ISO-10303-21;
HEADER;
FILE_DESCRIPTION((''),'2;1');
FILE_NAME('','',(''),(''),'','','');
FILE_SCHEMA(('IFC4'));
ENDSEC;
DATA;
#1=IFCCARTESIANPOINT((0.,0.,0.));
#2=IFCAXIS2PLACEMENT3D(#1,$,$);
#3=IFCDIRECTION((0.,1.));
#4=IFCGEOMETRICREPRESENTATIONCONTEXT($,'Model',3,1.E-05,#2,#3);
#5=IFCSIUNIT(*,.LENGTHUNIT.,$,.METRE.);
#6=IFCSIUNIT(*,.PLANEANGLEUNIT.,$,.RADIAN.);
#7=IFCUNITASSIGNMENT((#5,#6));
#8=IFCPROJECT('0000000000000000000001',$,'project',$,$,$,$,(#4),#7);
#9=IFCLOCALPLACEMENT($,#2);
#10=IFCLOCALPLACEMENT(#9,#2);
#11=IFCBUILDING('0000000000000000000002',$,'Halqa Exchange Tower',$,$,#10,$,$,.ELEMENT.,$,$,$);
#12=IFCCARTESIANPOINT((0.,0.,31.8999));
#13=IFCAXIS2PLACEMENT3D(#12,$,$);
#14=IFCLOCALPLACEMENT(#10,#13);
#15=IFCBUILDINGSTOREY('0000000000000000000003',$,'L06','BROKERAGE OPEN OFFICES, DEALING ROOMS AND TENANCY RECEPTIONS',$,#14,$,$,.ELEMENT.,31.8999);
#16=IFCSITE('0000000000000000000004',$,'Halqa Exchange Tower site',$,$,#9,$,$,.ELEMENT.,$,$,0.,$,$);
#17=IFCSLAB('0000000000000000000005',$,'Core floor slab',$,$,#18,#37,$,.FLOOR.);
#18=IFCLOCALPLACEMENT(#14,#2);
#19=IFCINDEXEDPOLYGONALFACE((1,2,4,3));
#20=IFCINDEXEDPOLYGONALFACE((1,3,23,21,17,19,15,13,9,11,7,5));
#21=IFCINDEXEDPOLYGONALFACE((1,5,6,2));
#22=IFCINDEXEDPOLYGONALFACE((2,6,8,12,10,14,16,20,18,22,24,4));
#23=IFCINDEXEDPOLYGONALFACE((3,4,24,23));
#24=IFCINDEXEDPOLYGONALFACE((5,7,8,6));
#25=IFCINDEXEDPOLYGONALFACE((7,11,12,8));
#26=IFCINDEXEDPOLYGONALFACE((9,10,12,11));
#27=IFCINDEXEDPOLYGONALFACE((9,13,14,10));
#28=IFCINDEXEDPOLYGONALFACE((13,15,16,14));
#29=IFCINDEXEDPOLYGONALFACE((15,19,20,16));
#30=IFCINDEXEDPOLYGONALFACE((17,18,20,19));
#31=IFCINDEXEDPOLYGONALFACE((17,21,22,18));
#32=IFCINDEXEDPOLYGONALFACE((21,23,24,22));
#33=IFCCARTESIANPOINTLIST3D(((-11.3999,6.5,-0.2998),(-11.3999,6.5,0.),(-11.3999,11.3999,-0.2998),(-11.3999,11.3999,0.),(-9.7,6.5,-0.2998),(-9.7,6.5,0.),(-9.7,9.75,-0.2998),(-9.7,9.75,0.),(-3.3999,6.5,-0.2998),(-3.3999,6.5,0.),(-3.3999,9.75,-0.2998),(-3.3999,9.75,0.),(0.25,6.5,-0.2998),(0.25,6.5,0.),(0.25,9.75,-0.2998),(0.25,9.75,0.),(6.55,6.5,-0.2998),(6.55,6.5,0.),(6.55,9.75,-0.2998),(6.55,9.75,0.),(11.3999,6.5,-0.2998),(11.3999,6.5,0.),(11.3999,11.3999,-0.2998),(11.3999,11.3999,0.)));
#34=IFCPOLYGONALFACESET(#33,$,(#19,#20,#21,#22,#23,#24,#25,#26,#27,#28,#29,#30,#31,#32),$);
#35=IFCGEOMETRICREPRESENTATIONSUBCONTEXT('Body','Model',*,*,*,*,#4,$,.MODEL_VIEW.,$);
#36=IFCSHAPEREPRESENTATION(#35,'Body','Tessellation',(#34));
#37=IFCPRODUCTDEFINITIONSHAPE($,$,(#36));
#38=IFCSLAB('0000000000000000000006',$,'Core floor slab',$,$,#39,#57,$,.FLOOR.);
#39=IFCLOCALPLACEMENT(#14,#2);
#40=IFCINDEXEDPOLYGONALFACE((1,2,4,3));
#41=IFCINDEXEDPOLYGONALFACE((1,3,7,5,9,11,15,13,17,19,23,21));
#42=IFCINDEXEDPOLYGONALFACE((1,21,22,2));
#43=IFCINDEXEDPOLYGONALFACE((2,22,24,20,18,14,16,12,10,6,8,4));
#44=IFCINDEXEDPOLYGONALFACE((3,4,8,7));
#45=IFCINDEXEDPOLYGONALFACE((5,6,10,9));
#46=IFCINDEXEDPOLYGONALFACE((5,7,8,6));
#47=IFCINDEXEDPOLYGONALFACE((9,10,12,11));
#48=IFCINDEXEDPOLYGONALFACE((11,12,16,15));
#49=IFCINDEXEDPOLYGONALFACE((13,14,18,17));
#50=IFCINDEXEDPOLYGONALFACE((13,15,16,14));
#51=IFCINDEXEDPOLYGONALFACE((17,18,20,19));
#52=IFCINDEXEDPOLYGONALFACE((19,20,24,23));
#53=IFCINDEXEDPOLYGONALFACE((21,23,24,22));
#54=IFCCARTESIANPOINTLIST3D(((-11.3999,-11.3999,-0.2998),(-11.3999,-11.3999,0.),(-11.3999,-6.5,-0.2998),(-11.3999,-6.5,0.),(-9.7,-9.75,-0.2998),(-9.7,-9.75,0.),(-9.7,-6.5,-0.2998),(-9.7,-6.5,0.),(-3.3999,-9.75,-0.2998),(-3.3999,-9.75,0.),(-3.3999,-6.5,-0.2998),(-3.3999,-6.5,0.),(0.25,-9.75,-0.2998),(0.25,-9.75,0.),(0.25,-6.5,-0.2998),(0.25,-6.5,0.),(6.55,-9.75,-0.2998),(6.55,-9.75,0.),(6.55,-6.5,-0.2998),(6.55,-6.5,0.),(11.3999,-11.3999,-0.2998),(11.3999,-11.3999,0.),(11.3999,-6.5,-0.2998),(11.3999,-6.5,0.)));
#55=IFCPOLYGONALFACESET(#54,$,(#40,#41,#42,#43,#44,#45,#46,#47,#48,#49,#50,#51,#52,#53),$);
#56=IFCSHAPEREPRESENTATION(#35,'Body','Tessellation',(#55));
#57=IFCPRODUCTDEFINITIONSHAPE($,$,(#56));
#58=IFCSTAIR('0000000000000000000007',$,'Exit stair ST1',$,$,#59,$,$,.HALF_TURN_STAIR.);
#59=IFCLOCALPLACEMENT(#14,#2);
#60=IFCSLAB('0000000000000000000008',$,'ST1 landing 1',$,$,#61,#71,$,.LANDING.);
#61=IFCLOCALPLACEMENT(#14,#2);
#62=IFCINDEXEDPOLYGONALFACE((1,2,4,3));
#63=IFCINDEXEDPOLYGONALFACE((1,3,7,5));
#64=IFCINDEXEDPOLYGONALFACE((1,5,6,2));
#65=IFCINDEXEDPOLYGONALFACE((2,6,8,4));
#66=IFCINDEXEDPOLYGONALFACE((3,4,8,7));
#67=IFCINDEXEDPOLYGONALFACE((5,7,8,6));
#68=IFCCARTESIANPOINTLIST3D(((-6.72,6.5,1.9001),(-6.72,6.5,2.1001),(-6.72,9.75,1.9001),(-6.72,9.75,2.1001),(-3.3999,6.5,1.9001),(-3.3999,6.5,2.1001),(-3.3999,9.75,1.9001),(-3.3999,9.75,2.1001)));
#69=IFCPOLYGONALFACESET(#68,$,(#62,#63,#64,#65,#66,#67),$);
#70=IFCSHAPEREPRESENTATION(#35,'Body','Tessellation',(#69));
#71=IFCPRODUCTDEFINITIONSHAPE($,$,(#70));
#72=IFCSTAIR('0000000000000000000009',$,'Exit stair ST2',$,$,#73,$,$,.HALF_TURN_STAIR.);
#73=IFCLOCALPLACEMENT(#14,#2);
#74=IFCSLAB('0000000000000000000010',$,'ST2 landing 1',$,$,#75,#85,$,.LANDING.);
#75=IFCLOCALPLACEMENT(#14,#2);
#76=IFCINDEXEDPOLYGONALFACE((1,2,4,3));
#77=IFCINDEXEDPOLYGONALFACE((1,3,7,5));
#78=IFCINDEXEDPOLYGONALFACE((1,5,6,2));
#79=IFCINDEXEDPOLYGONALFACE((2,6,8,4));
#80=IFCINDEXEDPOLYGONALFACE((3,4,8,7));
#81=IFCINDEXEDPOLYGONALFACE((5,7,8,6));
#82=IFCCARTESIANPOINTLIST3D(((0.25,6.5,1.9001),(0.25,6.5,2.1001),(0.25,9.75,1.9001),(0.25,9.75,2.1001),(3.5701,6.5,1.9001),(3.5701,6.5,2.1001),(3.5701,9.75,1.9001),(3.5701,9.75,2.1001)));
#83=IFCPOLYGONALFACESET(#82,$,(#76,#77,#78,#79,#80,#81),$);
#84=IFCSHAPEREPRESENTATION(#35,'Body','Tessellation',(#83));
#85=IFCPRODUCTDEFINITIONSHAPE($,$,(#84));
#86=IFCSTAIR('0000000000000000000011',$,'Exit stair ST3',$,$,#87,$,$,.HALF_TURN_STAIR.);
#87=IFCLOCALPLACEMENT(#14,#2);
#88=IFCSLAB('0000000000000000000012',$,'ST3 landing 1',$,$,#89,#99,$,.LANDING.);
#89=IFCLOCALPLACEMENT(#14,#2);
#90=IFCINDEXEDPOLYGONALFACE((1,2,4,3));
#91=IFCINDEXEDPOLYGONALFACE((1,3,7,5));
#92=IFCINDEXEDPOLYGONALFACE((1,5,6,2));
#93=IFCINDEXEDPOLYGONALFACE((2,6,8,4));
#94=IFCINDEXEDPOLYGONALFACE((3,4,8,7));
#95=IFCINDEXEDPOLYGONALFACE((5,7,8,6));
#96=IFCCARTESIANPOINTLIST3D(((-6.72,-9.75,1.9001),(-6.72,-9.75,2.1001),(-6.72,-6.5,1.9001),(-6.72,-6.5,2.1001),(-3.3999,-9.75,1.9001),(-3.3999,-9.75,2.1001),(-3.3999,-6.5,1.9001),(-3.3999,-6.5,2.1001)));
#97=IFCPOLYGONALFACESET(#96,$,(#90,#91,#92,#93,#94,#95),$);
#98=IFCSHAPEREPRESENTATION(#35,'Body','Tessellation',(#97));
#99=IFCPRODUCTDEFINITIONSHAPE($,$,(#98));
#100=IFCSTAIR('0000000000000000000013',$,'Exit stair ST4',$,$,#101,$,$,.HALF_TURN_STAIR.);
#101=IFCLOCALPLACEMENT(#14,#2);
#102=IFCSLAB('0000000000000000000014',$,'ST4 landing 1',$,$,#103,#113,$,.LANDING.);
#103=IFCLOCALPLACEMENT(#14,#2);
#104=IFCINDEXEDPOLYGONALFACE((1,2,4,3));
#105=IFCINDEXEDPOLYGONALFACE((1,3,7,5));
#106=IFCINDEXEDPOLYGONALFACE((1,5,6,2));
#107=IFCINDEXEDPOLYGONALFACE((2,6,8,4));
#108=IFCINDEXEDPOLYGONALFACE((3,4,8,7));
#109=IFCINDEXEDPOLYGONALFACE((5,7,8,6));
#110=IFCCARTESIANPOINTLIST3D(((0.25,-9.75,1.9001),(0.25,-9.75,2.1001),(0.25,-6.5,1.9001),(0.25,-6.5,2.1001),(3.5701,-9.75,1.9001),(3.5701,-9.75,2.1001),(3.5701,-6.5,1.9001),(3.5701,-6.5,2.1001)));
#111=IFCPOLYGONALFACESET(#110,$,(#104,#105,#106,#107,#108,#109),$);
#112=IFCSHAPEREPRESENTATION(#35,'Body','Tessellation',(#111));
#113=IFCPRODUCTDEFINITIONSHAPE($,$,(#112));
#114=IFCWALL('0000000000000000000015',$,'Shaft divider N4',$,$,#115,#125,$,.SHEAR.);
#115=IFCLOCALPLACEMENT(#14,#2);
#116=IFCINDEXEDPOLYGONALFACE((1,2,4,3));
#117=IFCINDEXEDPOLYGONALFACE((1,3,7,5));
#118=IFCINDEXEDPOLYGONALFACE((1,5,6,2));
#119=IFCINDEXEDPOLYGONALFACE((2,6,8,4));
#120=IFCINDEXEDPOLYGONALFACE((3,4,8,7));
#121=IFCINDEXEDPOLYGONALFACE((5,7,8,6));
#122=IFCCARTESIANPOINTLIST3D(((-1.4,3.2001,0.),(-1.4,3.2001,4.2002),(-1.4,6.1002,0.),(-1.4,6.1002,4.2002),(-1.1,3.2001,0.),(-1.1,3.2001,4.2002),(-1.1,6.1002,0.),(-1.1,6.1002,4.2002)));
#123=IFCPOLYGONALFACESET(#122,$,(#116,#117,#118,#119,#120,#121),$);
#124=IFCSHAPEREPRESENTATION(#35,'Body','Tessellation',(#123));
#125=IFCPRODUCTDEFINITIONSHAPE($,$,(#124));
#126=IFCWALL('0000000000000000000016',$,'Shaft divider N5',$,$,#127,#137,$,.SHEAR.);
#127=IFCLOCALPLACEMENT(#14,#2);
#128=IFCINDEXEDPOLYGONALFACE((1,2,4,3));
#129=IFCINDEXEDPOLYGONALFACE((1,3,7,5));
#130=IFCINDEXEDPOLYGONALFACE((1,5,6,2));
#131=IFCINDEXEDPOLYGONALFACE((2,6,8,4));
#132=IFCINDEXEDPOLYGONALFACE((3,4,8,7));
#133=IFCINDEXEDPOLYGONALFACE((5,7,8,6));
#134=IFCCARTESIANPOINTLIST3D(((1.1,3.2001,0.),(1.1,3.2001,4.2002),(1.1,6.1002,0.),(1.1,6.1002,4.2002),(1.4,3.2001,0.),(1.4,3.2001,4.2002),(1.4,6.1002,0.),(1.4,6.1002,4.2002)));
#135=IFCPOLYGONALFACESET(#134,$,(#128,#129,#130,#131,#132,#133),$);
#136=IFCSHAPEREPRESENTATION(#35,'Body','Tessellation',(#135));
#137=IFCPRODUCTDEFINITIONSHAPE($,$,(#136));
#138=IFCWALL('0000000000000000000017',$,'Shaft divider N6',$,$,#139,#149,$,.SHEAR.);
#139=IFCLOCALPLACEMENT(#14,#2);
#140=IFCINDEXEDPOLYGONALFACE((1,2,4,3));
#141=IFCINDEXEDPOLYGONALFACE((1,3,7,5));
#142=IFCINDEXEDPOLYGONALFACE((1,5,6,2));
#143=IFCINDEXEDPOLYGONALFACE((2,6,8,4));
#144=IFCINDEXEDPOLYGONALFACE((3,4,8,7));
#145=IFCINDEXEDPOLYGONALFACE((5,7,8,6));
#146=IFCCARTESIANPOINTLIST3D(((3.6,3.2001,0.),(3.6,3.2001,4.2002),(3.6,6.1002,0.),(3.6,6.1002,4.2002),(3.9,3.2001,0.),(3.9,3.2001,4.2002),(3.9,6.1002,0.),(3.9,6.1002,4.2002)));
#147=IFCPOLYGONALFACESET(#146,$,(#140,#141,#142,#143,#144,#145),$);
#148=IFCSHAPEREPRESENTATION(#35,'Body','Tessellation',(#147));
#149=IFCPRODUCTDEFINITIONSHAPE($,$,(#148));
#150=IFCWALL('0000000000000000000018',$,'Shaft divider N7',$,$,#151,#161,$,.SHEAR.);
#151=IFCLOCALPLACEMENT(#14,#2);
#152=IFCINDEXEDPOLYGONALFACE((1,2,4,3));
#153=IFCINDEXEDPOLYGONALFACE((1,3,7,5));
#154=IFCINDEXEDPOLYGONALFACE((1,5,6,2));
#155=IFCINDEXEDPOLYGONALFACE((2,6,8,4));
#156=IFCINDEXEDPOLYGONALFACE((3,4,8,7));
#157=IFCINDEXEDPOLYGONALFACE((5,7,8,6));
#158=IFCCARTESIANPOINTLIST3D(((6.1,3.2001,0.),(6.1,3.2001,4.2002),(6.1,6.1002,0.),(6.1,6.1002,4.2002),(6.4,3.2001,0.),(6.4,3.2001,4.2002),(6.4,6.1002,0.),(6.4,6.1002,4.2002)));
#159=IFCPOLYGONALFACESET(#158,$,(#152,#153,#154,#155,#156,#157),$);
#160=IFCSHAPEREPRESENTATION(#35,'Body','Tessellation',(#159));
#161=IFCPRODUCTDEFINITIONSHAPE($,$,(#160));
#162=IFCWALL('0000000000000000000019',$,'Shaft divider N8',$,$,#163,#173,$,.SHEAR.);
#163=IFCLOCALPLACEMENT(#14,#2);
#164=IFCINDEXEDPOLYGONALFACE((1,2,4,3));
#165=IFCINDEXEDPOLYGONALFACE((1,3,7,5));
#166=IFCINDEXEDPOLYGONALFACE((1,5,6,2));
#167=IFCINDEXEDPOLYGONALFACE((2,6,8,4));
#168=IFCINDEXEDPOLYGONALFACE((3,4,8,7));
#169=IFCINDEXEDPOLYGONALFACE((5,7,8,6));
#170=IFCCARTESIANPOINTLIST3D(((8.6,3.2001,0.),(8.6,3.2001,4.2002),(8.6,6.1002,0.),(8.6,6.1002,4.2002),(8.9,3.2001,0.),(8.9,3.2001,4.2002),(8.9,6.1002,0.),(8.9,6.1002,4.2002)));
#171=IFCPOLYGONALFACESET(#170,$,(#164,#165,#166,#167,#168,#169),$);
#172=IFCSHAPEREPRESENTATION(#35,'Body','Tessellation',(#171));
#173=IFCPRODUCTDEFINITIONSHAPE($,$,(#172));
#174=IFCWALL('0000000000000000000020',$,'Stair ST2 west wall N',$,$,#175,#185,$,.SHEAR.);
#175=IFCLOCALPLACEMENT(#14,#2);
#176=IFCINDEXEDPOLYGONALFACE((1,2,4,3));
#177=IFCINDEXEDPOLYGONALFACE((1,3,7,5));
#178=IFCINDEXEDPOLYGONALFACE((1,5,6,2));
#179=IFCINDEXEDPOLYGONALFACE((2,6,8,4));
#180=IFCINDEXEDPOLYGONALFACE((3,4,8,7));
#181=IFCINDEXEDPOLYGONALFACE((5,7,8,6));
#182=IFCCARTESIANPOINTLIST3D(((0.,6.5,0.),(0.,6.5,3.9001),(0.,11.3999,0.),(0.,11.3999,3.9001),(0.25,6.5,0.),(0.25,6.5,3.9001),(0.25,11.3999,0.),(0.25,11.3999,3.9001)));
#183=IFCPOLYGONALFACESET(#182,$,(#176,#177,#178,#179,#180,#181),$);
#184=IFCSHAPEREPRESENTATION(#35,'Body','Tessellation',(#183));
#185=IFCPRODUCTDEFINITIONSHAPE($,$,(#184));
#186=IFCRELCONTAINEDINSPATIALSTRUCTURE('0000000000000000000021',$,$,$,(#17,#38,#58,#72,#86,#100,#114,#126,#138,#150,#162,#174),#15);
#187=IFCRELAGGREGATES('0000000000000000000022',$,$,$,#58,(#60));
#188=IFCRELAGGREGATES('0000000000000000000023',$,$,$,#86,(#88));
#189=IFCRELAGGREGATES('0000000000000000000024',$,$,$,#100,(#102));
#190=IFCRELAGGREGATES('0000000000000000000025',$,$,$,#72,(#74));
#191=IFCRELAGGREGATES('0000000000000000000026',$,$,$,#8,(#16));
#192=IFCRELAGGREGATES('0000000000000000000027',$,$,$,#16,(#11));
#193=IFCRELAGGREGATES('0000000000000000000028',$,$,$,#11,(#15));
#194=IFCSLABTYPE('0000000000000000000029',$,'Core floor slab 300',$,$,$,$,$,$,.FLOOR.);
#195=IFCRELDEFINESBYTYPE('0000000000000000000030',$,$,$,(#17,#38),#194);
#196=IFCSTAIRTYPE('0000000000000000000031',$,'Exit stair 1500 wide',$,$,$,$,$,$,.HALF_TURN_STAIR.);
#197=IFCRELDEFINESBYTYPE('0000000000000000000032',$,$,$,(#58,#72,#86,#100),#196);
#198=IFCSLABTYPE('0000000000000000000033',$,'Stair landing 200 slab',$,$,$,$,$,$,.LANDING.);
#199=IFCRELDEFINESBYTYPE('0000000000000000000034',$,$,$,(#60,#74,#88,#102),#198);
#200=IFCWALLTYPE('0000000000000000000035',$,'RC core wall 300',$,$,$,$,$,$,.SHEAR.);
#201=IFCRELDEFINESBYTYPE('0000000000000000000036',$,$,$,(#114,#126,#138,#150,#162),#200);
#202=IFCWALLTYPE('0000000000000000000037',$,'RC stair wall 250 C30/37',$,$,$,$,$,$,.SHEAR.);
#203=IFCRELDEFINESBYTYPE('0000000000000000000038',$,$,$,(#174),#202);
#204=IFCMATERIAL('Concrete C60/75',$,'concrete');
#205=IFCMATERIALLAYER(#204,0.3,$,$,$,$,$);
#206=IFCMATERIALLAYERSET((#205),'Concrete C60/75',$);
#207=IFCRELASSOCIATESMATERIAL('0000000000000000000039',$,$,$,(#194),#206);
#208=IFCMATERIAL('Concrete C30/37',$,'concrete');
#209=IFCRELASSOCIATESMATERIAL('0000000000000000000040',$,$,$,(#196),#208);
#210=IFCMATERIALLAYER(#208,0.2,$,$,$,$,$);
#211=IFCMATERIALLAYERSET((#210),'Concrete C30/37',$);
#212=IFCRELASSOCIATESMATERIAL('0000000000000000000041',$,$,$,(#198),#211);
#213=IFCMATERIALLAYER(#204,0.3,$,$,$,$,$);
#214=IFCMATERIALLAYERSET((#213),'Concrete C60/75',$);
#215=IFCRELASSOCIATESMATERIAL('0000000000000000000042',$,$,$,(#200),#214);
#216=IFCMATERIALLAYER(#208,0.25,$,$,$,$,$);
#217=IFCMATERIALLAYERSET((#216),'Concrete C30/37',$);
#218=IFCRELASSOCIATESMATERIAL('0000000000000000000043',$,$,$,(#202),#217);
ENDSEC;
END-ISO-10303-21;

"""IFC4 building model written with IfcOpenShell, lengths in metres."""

from ifc_helpers import new_model, si_unit, direction, frame, frame_2d, origin, place, context, subcontext, project, spatial, polyline, rectangle, outline, extrude, material, layer, layer_set, type_object, element, aggregate, save


model = new_model("IFC4")

# Units and contexts
model_context = context("Model", 3, precision=1e-05, world=origin(), true_north=direction((0.0, 1.0)))
body_context = subcontext(model_context, "Body", "Model", "MODEL_VIEW")
ifc_project = project(units=[si_unit("LENGTHUNIT", "METRE"), si_unit("PLANEANGLEUNIT", "RADIAN")], contexts=[model_context])

# Site, building, storey
site_placement = place(None, origin())
site = spatial("IfcSite", under=ifc_project, at=site_placement, Name="Halqa Exchange Tower site", CompositionType="ELEMENT", RefElevation=0.0)
building_placement = place(site_placement, origin())
building = spatial("IfcBuilding", under=site, at=building_placement, Name="Halqa Exchange Tower", CompositionType="ELEMENT")
storey_placement = place(building_placement, frame((0.0, 0.0, 31.8999)))
storey = spatial("IfcBuildingStorey", under=building, at=storey_placement, Name="L06", Description="BROKERAGE OPEN OFFICES, DEALING ROOMS AND TENANCY RECEPTIONS", CompositionType="ELEMENT", Elevation=31.8999)

# Slabs
ifc_material_1 = material(Name="Concrete C60/75", Category="concrete")
ifc_layer_1 = layer(ifc_material_1, 0.3)
ifc_layer_set_1 = layer_set([ifc_layer_1], Name="Concrete C60/75")
slab_type_1 = type_object("IfcSlabType", Name="Core floor slab 300", PredefinedType="FLOOR", material=ifc_layer_set_1)
slab_1_placement = place(storey_placement, frame((0.0, 0.0, -0.2998)))
element("IfcSlab", 1, at=slab_1_placement, inside=storey, type_object=slab_type_1, Name="Core floor slab", PredefinedType="FLOOR", context=body_context, shape_type="SweptSolid", body=[
    extrude(outline(polyline([(-11.3999, 11.3999), (11.3999, 11.3999), (11.3999, 6.5), (6.55, 6.5), (6.55, 9.75), (0.25, 9.75), (0.25, 6.5), (-3.3999, 6.5), (-3.3999, 9.75), (-9.7, 9.75), (-9.7, 6.5), (-11.3999, 6.5), (-11.3999, 11.3999)])), origin(), (0.0, 0.0, 1.0), 0.2998),
])
slab_2_placement = place(storey_placement, frame((0.0, 0.0, -0.2998)))
element("IfcSlab", 2, at=slab_2_placement, inside=storey, type_object=slab_type_1, Name="Core floor slab", PredefinedType="FLOOR", context=body_context, shape_type="SweptSolid", body=[
    extrude(outline(polyline([(-9.7, -9.75), (-3.3999, -9.75), (-3.3999, -6.5), (0.25, -6.5), (0.25, -9.75), (6.55, -9.75), (6.55, -6.5), (11.3999, -6.5), (11.3999, -11.3999), (-11.3999, -11.3999), (-11.3999, -6.5), (-9.7, -6.5), (-9.7, -9.75)])), origin(), (0.0, 0.0, 1.0), 0.2998),
])

# Stairs, slabs
ifc_material_2 = material(Name="Concrete C30/37", Category="concrete")
stair_type = type_object("IfcStairType", Name="Exit stair 1500 wide", PredefinedType="HALF_TURN_STAIR", material=ifc_material_2)
stair_1_placement = place(storey_placement, origin())
stair_1 = element("IfcStair", 3, at=stair_1_placement, inside=storey, type_object=stair_type, Name="Exit stair ST1", PredefinedType="HALF_TURN_STAIR")
ifc_layer_2 = layer(ifc_material_2, 0.2)
ifc_layer_set_2 = layer_set([ifc_layer_2], Name="Concrete C30/37")
slab_type_2 = type_object("IfcSlabType", Name="Stair landing 200 slab", PredefinedType="LANDING", material=ifc_layer_set_2)
slab_3_placement = place(storey_placement, frame((0.0, 0.0, 1.9001)))
slab_3 = element("IfcSlab", 4, at=slab_3_placement, type_object=slab_type_2, Name="ST1 landing 1", PredefinedType="LANDING", context=body_context, shape_type="SweptSolid", body=[
    extrude(outline(polyline([(-6.72, 6.5), (-3.3999, 6.5), (-3.3999, 9.75), (-6.72, 9.75), (-6.72, 6.5)])), origin(), (0.0, 0.0, 1.0), 0.2),
])
aggregate(stair_1, [slab_3])
stair_2_placement = place(storey_placement, origin())
stair_2 = element("IfcStair", 5, at=stair_2_placement, inside=storey, type_object=stair_type, Name="Exit stair ST2", PredefinedType="HALF_TURN_STAIR")
slab_4_placement = place(storey_placement, frame((0.0, 0.0, 1.9001)))
slab_4 = element("IfcSlab", 6, at=slab_4_placement, type_object=slab_type_2, Name="ST2 landing 1", PredefinedType="LANDING", context=body_context, shape_type="SweptSolid", body=[
    extrude(outline(polyline([(0.25, 6.5), (3.5701, 6.5), (3.5701, 9.75), (0.25, 9.75), (0.25, 6.5)])), origin(), (0.0, 0.0, 1.0), 0.2),
])
stair_3_placement = place(storey_placement, origin())
stair_3 = element("IfcStair", 7, at=stair_3_placement, inside=storey, type_object=stair_type, Name="Exit stair ST3", PredefinedType="HALF_TURN_STAIR")
slab_5_placement = place(storey_placement, frame((0.0, 0.0, 1.9001)))
slab_5 = element("IfcSlab", 8, at=slab_5_placement, type_object=slab_type_2, Name="ST3 landing 1", PredefinedType="LANDING", context=body_context, shape_type="SweptSolid", body=[
    extrude(outline(polyline([(-6.72, -9.75), (-3.3999, -9.75), (-3.3999, -6.5), (-6.72, -6.5), (-6.72, -9.75)])), origin(), (0.0, 0.0, 1.0), 0.2),
])
aggregate(stair_3, [slab_5])
stair_4_placement = place(storey_placement, origin())
stair_4 = element("IfcStair", 9, at=stair_4_placement, inside=storey, type_object=stair_type, Name="Exit stair ST4", PredefinedType="HALF_TURN_STAIR")
slab_6_placement = place(storey_placement, frame((0.0, 0.0, 1.9001)))
slab_6 = element("IfcSlab", 10, at=slab_6_placement, type_object=slab_type_2, Name="ST4 landing 1", PredefinedType="LANDING", context=body_context, shape_type="SweptSolid", body=[
    extrude(outline(polyline([(0.25, -9.75), (3.5701, -9.75), (3.5701, -6.5), (0.25, -6.5), (0.25, -9.75)])), origin(), (0.0, 0.0, 1.0), 0.2),
])
aggregate(stair_4, [slab_6])

# Walls
ifc_layer_3 = layer(ifc_material_1, 0.3)
ifc_layer_set_3 = layer_set([ifc_layer_3], Name="Concrete C60/75")
wall_type_1 = type_object("IfcWallType", Name="RC core wall 300", PredefinedType="SHEAR", material=ifc_layer_set_3)
for number, where, z_axis, x_axis, name in (
    (11, (-1.25, 3.2, 0.0), (0.0, 0.0, 1.0), (0.0, 1.0, 0.0), "Shaft divider N4"),
    (12, (1.25, 3.2, 0.0), (0.0, 0.0, 1.0), (0.0, 1.0, 0.0), "Shaft divider N5"),
    (13, (3.75, 3.2, 0.0), (0.0, 0.0, 1.0), (0.0, 1.0, 0.0), "Shaft divider N6"),
    (14, (6.25, 3.2, 0.0), (0.0, 0.0, 1.0), (0.0, 1.0, 0.0), "Shaft divider N7"),
    (15, (8.75, 3.2, 0.0), (0.0, 0.0, 1.0), (0.0, 1.0, 0.0), "Shaft divider N8"),
):
    element("IfcWall", number, at=place(storey_placement, frame(where, z_axis=z_axis, x_axis=x_axis)), inside=storey, type_object=wall_type_1, Name=name, PredefinedType="SHEAR", context=body_context, shape_type="SweptSolid", body=[
        extrude(rectangle(XDim=2.9001, YDim=0.3, at=frame_2d((1.4502, 0.0))), origin(), (0.0, 0.0, 1.0), 4.2002),
    ])
ifc_layer_4 = layer(ifc_material_2, 0.25)
ifc_layer_set_4 = layer_set([ifc_layer_4], Name="Concrete C30/37")
wall_type_2 = type_object("IfcWallType", Name="RC stair wall 250 C30/37", PredefinedType="SHEAR", material=ifc_layer_set_4)
wall_1_placement = place(storey_placement, frame((0.125, 6.5, 0.0), z_axis=(0.0, 0.0, 1.0), x_axis=(0.0, 1.0, 0.0)))
element("IfcWall", 16, at=wall_1_placement, inside=storey, type_object=wall_type_2, Name="Stair ST2 west wall N", PredefinedType="SHEAR", context=body_context, shape_type="SweptSolid", body=[
    extrude(rectangle(XDim=4.8999, YDim=0.25, at=frame_2d((2.45, 0.0))), origin(), (0.0, 0.0, 1.0), 3.9001),
])

aggregate(stair_2, [slab_4])

save(model, "model.ifc")
